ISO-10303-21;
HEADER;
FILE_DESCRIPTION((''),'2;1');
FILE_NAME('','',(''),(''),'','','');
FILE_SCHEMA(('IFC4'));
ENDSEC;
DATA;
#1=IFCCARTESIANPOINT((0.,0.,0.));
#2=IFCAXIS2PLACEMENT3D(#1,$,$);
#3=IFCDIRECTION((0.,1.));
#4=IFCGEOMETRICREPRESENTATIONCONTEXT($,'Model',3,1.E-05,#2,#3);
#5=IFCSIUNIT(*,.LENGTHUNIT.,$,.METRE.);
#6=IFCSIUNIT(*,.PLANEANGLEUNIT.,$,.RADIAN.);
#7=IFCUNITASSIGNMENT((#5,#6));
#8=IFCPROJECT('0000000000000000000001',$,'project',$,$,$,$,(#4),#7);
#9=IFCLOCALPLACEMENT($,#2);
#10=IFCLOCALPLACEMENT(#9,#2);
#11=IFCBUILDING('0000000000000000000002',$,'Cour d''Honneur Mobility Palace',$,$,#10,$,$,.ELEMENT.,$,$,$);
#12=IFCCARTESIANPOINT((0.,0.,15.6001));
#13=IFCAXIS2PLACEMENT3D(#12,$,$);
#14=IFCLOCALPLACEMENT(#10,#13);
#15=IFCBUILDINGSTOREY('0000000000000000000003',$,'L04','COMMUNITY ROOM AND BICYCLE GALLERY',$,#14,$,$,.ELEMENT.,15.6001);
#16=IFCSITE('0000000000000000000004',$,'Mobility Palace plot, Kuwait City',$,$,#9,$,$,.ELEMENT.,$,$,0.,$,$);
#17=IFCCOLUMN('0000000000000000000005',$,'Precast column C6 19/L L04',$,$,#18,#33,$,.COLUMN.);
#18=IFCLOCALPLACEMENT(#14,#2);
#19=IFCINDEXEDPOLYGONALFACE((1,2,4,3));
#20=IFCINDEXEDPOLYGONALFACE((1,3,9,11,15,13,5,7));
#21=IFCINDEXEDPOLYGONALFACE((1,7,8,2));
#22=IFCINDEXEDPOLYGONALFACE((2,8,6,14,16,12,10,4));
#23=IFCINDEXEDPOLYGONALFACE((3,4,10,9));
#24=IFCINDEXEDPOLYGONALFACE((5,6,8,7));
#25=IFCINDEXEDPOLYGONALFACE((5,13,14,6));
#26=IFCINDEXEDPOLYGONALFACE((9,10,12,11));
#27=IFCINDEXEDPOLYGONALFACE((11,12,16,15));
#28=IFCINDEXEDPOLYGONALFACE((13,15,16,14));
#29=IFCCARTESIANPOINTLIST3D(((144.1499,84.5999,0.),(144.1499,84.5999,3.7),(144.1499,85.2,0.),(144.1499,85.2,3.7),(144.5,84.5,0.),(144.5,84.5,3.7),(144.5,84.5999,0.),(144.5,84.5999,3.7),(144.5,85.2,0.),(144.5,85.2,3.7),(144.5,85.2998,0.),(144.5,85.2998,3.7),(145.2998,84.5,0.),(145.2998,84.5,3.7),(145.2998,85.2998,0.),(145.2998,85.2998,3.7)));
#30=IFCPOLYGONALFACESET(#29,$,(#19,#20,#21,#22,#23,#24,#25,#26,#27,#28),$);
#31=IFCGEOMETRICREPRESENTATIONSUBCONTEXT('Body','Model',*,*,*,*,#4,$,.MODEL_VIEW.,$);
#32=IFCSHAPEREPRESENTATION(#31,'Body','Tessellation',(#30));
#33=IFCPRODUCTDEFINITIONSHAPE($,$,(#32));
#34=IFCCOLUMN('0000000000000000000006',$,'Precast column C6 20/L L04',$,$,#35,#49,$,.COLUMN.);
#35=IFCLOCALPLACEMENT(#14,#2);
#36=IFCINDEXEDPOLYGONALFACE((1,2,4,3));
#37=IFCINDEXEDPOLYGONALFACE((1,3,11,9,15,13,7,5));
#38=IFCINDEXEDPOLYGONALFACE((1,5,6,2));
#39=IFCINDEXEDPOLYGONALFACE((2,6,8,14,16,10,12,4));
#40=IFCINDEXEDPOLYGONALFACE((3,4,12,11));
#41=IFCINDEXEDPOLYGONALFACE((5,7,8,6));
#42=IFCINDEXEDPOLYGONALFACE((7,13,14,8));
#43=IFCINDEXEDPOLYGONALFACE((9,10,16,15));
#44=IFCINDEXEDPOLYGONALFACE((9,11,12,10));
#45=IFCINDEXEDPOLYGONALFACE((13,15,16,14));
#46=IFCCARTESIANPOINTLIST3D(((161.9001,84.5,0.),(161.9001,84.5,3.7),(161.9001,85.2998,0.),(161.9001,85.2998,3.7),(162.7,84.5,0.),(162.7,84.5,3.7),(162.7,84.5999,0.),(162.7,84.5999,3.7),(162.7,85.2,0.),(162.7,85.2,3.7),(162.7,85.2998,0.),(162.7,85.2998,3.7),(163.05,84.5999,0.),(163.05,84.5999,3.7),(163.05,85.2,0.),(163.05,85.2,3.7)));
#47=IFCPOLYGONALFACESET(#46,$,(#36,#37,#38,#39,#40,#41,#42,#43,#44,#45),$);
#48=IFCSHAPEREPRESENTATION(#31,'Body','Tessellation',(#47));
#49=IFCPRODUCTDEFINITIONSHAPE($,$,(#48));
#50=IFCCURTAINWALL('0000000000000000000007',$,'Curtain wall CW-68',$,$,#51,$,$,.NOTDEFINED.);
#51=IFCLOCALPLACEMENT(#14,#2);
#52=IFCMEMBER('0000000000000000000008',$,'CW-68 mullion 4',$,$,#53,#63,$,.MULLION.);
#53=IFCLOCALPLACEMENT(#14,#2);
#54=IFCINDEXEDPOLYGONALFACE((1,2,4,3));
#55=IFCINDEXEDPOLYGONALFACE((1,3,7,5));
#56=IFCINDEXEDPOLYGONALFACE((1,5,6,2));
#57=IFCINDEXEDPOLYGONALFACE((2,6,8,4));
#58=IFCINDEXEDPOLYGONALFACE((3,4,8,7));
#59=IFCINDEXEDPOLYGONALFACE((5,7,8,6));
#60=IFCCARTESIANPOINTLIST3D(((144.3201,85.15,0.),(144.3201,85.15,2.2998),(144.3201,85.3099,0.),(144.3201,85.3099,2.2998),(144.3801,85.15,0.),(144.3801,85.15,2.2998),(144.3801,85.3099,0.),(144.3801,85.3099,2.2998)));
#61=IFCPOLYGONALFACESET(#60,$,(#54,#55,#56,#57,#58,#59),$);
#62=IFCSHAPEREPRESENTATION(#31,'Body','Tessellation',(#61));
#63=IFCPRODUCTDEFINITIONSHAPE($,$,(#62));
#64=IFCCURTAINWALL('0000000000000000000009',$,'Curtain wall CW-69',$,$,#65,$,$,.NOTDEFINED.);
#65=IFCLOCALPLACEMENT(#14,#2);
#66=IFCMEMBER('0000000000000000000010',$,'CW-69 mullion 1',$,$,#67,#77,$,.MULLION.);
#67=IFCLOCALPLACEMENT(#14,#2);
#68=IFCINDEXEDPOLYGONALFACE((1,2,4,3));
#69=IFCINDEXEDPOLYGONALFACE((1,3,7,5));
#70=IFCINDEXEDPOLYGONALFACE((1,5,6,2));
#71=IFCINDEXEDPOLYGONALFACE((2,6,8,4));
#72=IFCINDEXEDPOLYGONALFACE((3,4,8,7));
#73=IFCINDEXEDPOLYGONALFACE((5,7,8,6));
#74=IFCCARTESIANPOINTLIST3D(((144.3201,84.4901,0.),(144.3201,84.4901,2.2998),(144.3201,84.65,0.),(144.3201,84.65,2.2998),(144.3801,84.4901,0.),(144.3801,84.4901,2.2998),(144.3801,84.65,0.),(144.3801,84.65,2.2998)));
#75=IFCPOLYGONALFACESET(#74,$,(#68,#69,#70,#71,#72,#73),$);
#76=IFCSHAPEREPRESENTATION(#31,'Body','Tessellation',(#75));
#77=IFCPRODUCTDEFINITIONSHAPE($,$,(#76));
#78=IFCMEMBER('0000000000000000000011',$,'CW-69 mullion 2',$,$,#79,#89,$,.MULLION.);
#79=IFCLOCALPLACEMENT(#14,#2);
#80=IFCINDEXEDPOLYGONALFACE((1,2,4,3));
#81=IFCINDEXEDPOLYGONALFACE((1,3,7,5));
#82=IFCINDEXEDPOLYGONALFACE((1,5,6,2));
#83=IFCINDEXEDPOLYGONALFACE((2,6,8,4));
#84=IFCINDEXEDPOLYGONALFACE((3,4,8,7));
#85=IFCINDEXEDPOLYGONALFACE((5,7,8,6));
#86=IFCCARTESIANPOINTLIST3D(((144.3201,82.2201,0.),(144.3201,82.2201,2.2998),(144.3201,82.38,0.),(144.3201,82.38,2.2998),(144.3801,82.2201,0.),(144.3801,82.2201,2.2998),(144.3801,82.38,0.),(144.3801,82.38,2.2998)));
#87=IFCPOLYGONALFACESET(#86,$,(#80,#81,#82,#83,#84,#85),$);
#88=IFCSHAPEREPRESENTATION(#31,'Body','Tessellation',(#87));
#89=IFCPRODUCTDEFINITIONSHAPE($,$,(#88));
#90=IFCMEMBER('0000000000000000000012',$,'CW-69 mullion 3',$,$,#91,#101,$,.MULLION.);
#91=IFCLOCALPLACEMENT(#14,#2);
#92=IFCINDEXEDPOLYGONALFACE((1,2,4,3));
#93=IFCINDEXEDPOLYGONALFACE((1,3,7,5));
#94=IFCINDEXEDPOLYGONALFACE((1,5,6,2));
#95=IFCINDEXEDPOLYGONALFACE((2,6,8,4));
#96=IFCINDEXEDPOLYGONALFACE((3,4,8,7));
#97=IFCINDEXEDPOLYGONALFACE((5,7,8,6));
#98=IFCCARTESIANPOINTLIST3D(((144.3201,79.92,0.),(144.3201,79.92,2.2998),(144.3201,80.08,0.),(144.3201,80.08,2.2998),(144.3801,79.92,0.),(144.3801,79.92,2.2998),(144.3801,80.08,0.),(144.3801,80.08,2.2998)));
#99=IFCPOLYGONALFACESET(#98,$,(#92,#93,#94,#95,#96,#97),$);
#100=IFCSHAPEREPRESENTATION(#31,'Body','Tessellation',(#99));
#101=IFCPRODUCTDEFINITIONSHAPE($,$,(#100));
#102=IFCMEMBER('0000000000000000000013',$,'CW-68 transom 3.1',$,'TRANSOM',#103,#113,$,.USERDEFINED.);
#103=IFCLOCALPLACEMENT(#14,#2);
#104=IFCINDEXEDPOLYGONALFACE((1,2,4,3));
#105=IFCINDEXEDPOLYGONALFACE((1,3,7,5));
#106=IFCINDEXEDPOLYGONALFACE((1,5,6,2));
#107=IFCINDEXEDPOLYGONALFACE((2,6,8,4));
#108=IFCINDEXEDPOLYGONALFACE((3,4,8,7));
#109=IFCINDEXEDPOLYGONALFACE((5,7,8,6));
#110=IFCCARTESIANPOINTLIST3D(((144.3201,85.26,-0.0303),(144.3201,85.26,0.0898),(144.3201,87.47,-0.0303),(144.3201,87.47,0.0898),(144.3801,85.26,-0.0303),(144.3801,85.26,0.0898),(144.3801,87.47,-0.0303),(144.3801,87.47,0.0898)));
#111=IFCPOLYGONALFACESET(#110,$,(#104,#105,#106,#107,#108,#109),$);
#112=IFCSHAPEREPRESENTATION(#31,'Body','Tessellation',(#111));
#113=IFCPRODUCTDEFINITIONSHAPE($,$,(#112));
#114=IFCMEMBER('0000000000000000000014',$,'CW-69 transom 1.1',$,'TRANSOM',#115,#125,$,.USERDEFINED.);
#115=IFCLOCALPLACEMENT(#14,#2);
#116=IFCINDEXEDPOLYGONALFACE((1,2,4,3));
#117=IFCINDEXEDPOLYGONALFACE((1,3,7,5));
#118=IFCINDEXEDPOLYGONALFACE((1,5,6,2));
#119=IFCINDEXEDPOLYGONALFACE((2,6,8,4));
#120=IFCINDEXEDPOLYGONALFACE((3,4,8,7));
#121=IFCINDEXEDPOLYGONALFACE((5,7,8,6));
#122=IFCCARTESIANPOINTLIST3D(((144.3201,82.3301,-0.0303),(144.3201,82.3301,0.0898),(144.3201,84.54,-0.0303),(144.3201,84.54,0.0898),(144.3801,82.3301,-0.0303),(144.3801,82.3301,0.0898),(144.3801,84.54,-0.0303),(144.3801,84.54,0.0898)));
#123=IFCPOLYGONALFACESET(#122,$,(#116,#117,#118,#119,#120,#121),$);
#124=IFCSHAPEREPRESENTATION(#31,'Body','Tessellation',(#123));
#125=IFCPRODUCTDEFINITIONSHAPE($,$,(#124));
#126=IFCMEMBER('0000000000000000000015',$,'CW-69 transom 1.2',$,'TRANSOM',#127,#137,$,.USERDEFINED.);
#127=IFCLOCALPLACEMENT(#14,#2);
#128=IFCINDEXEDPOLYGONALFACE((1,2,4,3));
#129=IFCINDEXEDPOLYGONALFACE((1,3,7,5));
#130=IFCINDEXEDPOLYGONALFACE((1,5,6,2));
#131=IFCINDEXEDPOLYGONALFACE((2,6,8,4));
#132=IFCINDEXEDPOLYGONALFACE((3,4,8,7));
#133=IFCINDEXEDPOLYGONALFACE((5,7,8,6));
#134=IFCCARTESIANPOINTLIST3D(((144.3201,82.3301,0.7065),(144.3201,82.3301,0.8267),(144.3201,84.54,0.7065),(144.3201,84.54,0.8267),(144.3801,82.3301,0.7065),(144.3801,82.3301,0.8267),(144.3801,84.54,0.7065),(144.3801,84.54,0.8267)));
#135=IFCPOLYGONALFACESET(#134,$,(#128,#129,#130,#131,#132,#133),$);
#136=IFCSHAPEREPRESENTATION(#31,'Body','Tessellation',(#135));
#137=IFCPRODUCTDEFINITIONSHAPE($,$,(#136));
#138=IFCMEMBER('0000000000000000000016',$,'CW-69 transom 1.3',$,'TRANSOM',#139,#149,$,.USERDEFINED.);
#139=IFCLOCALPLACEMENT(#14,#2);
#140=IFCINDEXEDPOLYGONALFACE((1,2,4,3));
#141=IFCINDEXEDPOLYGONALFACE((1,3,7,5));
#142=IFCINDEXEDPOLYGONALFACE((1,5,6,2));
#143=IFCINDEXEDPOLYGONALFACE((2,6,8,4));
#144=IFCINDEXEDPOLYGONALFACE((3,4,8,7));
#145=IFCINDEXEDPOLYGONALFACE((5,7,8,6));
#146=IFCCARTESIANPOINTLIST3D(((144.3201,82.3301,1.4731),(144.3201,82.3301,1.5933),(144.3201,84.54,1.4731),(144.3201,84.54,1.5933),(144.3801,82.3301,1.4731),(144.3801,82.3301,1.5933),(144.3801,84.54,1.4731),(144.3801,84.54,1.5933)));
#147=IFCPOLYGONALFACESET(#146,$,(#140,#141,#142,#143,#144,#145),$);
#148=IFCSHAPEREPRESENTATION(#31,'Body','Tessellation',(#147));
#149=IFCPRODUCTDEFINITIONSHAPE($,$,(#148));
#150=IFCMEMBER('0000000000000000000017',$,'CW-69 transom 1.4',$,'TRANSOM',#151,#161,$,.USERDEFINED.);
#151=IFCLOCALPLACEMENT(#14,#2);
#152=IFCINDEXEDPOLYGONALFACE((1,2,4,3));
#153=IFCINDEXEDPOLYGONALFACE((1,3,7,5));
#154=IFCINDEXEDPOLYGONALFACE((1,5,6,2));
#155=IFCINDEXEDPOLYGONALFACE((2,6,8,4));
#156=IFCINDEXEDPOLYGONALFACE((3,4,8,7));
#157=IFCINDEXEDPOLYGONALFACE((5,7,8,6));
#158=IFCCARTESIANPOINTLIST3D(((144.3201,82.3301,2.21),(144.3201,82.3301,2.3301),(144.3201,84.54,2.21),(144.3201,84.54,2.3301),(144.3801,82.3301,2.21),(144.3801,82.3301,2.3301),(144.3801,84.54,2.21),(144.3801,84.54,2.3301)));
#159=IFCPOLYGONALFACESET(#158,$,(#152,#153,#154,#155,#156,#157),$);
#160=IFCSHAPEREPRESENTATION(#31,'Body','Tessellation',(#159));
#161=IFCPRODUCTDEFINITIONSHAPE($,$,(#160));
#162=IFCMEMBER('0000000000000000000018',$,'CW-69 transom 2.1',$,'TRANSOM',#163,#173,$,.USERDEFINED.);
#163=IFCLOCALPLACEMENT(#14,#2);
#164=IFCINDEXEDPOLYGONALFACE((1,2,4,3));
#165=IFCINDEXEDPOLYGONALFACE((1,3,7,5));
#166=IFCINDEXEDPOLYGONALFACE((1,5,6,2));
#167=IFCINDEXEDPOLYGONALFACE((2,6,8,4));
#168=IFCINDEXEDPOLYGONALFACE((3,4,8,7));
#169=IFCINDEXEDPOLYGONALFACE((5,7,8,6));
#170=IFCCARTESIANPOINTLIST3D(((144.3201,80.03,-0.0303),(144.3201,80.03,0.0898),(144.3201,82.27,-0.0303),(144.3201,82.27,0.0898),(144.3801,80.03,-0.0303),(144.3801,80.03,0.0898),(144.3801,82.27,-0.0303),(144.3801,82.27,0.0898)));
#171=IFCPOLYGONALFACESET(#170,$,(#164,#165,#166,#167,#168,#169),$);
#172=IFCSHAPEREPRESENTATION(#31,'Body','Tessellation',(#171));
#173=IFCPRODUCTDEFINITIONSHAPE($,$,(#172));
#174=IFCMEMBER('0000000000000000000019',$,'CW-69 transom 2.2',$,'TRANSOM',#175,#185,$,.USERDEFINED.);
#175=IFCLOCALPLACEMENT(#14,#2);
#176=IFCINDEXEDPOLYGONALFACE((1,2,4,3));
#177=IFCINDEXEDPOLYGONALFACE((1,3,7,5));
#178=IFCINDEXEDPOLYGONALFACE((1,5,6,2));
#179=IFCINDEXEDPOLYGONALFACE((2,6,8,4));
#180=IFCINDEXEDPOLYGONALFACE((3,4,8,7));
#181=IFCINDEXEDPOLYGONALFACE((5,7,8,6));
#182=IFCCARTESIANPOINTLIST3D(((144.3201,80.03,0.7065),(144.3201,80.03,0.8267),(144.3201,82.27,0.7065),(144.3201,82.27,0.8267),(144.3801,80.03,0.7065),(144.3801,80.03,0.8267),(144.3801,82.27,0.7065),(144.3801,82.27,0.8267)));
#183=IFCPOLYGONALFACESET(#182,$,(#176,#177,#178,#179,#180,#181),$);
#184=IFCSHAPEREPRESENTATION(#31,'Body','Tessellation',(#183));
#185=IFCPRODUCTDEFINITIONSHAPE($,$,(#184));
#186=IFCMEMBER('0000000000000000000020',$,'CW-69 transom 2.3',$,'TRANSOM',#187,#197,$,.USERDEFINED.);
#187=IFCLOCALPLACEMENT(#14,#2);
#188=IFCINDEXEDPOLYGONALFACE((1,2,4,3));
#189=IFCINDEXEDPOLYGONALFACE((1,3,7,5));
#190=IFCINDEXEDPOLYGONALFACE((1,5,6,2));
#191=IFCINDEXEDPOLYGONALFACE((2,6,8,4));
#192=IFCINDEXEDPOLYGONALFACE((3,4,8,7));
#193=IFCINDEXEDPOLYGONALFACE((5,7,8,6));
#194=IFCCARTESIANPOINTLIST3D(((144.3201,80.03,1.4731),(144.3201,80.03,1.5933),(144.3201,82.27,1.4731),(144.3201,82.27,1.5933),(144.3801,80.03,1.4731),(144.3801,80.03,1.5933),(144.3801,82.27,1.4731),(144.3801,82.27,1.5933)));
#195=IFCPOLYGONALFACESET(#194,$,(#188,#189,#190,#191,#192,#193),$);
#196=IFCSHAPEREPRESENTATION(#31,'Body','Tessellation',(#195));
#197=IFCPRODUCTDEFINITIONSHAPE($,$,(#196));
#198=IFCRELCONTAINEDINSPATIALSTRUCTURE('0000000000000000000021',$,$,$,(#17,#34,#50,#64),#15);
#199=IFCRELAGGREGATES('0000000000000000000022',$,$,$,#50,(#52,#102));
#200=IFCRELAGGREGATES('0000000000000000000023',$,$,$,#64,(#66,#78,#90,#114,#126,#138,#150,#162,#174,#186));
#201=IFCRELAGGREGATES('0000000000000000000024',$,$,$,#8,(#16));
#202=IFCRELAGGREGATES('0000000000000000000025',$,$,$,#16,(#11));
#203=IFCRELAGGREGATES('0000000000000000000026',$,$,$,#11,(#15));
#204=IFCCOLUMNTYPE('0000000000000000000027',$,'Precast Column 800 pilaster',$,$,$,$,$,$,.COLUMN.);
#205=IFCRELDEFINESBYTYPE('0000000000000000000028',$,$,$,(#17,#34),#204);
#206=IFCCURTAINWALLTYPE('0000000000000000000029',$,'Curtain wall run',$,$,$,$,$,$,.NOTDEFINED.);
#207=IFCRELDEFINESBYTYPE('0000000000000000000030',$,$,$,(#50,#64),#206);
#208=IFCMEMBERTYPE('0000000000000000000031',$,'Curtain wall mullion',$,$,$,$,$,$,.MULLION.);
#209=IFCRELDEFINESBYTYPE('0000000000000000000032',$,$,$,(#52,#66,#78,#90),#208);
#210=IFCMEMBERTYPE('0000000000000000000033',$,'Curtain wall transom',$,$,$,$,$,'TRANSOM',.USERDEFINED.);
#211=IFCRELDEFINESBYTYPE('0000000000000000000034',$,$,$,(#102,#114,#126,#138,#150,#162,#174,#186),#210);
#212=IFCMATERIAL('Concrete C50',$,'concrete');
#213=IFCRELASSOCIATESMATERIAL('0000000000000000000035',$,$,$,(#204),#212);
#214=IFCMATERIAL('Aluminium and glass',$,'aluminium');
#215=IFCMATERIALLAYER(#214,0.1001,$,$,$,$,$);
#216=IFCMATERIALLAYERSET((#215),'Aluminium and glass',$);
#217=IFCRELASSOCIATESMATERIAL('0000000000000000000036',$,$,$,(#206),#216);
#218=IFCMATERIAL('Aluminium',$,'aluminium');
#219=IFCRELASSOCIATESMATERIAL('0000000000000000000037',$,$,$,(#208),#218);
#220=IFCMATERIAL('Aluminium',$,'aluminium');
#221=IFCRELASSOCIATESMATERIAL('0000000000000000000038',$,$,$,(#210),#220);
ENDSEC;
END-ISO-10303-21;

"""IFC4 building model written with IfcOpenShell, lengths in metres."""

from ifc_helpers import new_model, si_unit, direction, frame, origin, origin_2d, place, context, subcontext, project, spatial, polyline, rectangle, outline, extrude, material, layer, layer_set, material_profile, profile_set, type_object, element, aggregate, save


model = new_model("IFC4")

# Units and contexts
model_context = context("Model", 3, precision=1e-05, world=origin(), true_north=direction((0.0, 1.0)))
body_context = subcontext(model_context, "Body", "Model", "MODEL_VIEW")
ifc_project = project(units=[si_unit("LENGTHUNIT", "METRE"), si_unit("PLANEANGLEUNIT", "RADIAN")], contexts=[model_context])

# Site, building, storey
site_placement = place(None, origin())
site = spatial("IfcSite", under=ifc_project, at=site_placement, Name="Mobility Palace plot, Kuwait City", CompositionType="ELEMENT", RefElevation=0.0)
building_placement = place(site_placement, origin())
building = spatial("IfcBuilding", under=site, at=building_placement, Name="Cour d'Honneur Mobility Palace", CompositionType="ELEMENT")
storey_placement = place(building_placement, frame((0.0, 0.0, 15.6001)))
storey = spatial("IfcBuildingStorey", under=building, at=storey_placement, Name="L04", Description="COMMUNITY ROOM AND BICYCLE GALLERY", CompositionType="ELEMENT", Elevation=15.6001)

# Columns
ifc_material_1 = material(Name="Concrete C50", Category="concrete")
ifc_material_profile_1 = material_profile(ifc_material_1, outline(polyline([(-0.3999, -0.3999), (0.3999, -0.3999), (0.3999, -0.3), (0.75, -0.3), (0.75, 0.3), (0.3999, 0.3), (0.3999, 0.3999), (-0.3999, 0.3999), (-0.3999, -0.3999)])), Name="PC C800 pilaster")
ifc_profile_set_1 = profile_set([ifc_material_profile_1], Name="Concrete C50")
column_type = type_object("IfcColumnType", Name="Precast Column 800 pilaster", PredefinedType="COLUMN", material=ifc_profile_set_1)
for number, where, z_axis, x_axis, name in (
    (1, (144.8999, 84.8999, 0.0), (0.0, 0.0, 1.0), (-1.0, 0.0, 0.0), "Precast column C6 19/L L04"),
    (2, (162.3, 84.8999, 0.0), (0.0, 0.0, 1.0), (1.0, 0.0, 0.0), "Precast column C6 20/L L04"),
):
    element("IfcColumn", number, at=place(storey_placement, frame(where, z_axis=z_axis, x_axis=x_axis)), inside=storey, type_object=column_type, Name=name, PredefinedType="COLUMN", context=body_context, shape_type="SweptSolid", body=[
        extrude(outline(polyline([(-0.3999, -0.3999), (0.3999, -0.3999), (0.3999, -0.3), (0.75, -0.3), (0.75, 0.3), (0.3999, 0.3), (0.3999, 0.3999), (-0.3999, 0.3999), (-0.3999, -0.3999)])), origin(), (0.0, 0.0, 1.0), 3.7),
    ])

# Curtain wall, member
ifc_material_2 = material(Name="Aluminium and glass", Category="aluminium")
ifc_layer_1 = layer(ifc_material_2, 0.1001)
ifc_layer_set_1 = layer_set([ifc_layer_1], Name="Aluminium and glass")
curtain_wall_type = type_object("IfcCurtainWallType", Name="Curtain wall run", PredefinedType="NOTDEFINED", material=ifc_layer_set_1)
curtain_wall_1_placement = place(storey_placement, origin())
curtain_wall_1 = element("IfcCurtainWall", 3, at=curtain_wall_1_placement, inside=storey, type_object=curtain_wall_type, Name="Curtain wall CW-68", PredefinedType="NOTDEFINED")
ifc_material_3 = material(Name="Aluminium", Category="aluminium")
ifc_material_profile_2 = material_profile(ifc_material_3, rectangle(XDim=0.0601, YDim=0.1599, at=origin_2d()), Name="Curtain wall mullion")
ifc_profile_set_2 = profile_set([ifc_material_profile_2], Name="Aluminium")
member_type_1 = type_object("IfcMemberType", Name="Curtain wall mullion", PredefinedType="MULLION", material=ifc_profile_set_2)
member_1_placement = place(storey_placement, frame((144.3501, 85.23, 0.0), z_axis=(0.0, 0.0, 1.0), x_axis=(1.0, 0.0, 0.0)))
member_1 = element("IfcMember", 4, at=member_1_placement, type_object=member_type_1, Name="CW-68 mullion 4", PredefinedType="MULLION", context=body_context, shape_type="SweptSolid", body=[
    extrude(rectangle(XDim=0.0601, YDim=0.1599, at=origin_2d()), origin(), (0.0, 0.0, 1.0), 2.2998),
])

# Curtain wall, members
curtain_wall_2_placement = place(storey_placement, origin())
curtain_wall_2 = element("IfcCurtainWall", 5, at=curtain_wall_2_placement, inside=storey, type_object=curtain_wall_type, Name="Curtain wall CW-69", PredefinedType="NOTDEFINED")
member_2_placement = place(storey_placement, frame((144.3501, 84.5701, 0.0), z_axis=(0.0, 0.0, 1.0), x_axis=(1.0, 0.0, 0.0)))
member_2 = element("IfcMember", 6, at=member_2_placement, type_object=member_type_1, Name="CW-69 mullion 1", PredefinedType="MULLION", context=body_context, shape_type="SweptSolid", body=[
    extrude(rectangle(XDim=0.0601, YDim=0.1599, at=origin_2d()), origin(), (0.0, 0.0, 1.0), 2.2998),
])
member_3_placement = place(storey_placement, frame((144.3501, 82.3, 0.0), z_axis=(0.0, 0.0, 1.0), x_axis=(1.0, 0.0, 0.0)))
member_3 = element("IfcMember", 7, at=member_3_placement, type_object=member_type_1, Name="CW-69 mullion 2", PredefinedType="MULLION", context=body_context, shape_type="SweptSolid", body=[
    extrude(rectangle(XDim=0.0601, YDim=0.1599, at=origin_2d()), origin(), (0.0, 0.0, 1.0), 2.2998),
])
member_4_placement = place(storey_placement, frame((144.3501, 80.0, 0.0), z_axis=(0.0, 0.0, 1.0), x_axis=(1.0, 0.0, 0.0)))
member_4 = element("IfcMember", 8, at=member_4_placement, type_object=member_type_1, Name="CW-69 mullion 3", PredefinedType="MULLION", context=body_context, shape_type="SweptSolid", body=[
    extrude(rectangle(XDim=0.0601, YDim=0.1599, at=origin_2d()), origin(), (0.0, 0.0, 1.0), 2.2998),
])

# Members
ifc_material_4 = material(Name="Aluminium", Category="aluminium")
ifc_material_profile_3 = material_profile(ifc_material_4, rectangle(XDim=0.0601, YDim=0.1201, at=origin_2d()), Name="Curtain wall transom")
ifc_profile_set_3 = profile_set([ifc_material_profile_3], Name="Aluminium")
member_type_2 = type_object("IfcMemberType", Name="Curtain wall transom", ElementType="TRANSOM", PredefinedType="USERDEFINED", material=ifc_profile_set_3)
member_5_placement = place(storey_placement, frame((144.3501, 87.47, 0.0298), z_axis=(0.0, -1.0, 0.0), x_axis=(1.0, 0.0, 0.0)))
member_5 = element("IfcMember", 9, at=member_5_placement, type_object=member_type_2, Name="CW-68 transom 3.1", ObjectType="TRANSOM", PredefinedType="USERDEFINED", context=body_context, shape_type="SweptSolid", body=[
    extrude(rectangle(XDim=0.0601, YDim=0.1201, at=origin_2d()), origin(), (0.0, 0.0, 1.0), 2.21),
])
member_6_placement = place(storey_placement, frame((144.3501, 84.54, 0.0298), z_axis=(0.0, -1.0, 0.0), x_axis=(1.0, 0.0, 0.0)))
member_6 = element("IfcMember", 10, at=member_6_placement, type_object=member_type_2, Name="CW-69 transom 1.1", ObjectType="TRANSOM", PredefinedType="USERDEFINED", context=body_context, shape_type="SweptSolid", body=[
    extrude(rectangle(XDim=0.0601, YDim=0.1201, at=origin_2d()), origin(), (0.0, 0.0, 1.0), 2.21),
])
member_7_placement = place(storey_placement, frame((144.3501, 84.54, 0.7666), z_axis=(0.0, -1.0, 0.0), x_axis=(1.0, 0.0, 0.0)))
member_7 = element("IfcMember", 11, at=member_7_placement, type_object=member_type_2, Name="CW-69 transom 1.2", ObjectType="TRANSOM", PredefinedType="USERDEFINED", context=body_context, shape_type="SweptSolid", body=[
    extrude(rectangle(XDim=0.0601, YDim=0.1201, at=origin_2d()), origin(), (0.0, 0.0, 1.0), 2.21),
])
member_8_placement = place(storey_placement, frame((144.3501, 84.54, 1.5332), z_axis=(0.0, -1.0, 0.0), x_axis=(1.0, 0.0, 0.0)))
member_8 = element("IfcMember", 12, at=member_8_placement, type_object=member_type_2, Name="CW-69 transom 1.3", ObjectType="TRANSOM", PredefinedType="USERDEFINED", context=body_context, shape_type="SweptSolid", body=[
    extrude(rectangle(XDim=0.0601, YDim=0.1201, at=origin_2d()), origin(), (0.0, 0.0, 1.0), 2.21),
])
member_9_placement = place(storey_placement, frame((144.3501, 84.54, 2.27), z_axis=(0.0, -1.0, 0.0), x_axis=(1.0, 0.0, 0.0)))
member_9 = element("IfcMember", 13, at=member_9_placement, type_object=member_type_2, Name="CW-69 transom 1.4", ObjectType="TRANSOM", PredefinedType="USERDEFINED", context=body_context, shape_type="SweptSolid", body=[
    extrude(rectangle(XDim=0.0601, YDim=0.1201, at=origin_2d()), origin(), (0.0, 0.0, 1.0), 2.21),
])
member_10_placement = place(storey_placement, frame((144.3501, 82.27, 0.0298), z_axis=(0.0, -1.0, 0.0), x_axis=(1.0, 0.0, 0.0)))
member_10 = element("IfcMember", 14, at=member_10_placement, type_object=member_type_2, Name="CW-69 transom 2.1", ObjectType="TRANSOM", PredefinedType="USERDEFINED", context=body_context, shape_type="SweptSolid", body=[
    extrude(rectangle(XDim=0.0601, YDim=0.1201, at=origin_2d()), origin(), (0.0, 0.0, 1.0), 2.24),
])
member_11_placement = place(storey_placement, frame((144.3501, 82.27, 0.7666), z_axis=(0.0, -1.0, 0.0), x_axis=(1.0, 0.0, 0.0)))
member_11 = element("IfcMember", 15, at=member_11_placement, type_object=member_type_2, Name="CW-69 transom 2.2", ObjectType="TRANSOM", PredefinedType="USERDEFINED", context=body_context, shape_type="SweptSolid", body=[
    extrude(rectangle(XDim=0.0601, YDim=0.1201, at=origin_2d()), origin(), (0.0, 0.0, 1.0), 2.24),
])
member_12_placement = place(storey_placement, frame((144.3501, 82.27, 1.5332), z_axis=(0.0, -1.0, 0.0), x_axis=(1.0, 0.0, 0.0)))
member_12 = element("IfcMember", 16, at=member_12_placement, type_object=member_type_2, Name="CW-69 transom 2.3", ObjectType="TRANSOM", PredefinedType="USERDEFINED", context=body_context, shape_type="SweptSolid", body=[
    extrude(rectangle(XDim=0.0601, YDim=0.1201, at=origin_2d()), origin(), (0.0, 0.0, 1.0), 2.24),
])

aggregate(curtain_wall_1, [member_1, member_5])
aggregate(curtain_wall_2, [member_2, member_3, member_4, member_6, member_7, member_8, member_9, member_10, member_11, member_12])

save(model, "model.ifc")
